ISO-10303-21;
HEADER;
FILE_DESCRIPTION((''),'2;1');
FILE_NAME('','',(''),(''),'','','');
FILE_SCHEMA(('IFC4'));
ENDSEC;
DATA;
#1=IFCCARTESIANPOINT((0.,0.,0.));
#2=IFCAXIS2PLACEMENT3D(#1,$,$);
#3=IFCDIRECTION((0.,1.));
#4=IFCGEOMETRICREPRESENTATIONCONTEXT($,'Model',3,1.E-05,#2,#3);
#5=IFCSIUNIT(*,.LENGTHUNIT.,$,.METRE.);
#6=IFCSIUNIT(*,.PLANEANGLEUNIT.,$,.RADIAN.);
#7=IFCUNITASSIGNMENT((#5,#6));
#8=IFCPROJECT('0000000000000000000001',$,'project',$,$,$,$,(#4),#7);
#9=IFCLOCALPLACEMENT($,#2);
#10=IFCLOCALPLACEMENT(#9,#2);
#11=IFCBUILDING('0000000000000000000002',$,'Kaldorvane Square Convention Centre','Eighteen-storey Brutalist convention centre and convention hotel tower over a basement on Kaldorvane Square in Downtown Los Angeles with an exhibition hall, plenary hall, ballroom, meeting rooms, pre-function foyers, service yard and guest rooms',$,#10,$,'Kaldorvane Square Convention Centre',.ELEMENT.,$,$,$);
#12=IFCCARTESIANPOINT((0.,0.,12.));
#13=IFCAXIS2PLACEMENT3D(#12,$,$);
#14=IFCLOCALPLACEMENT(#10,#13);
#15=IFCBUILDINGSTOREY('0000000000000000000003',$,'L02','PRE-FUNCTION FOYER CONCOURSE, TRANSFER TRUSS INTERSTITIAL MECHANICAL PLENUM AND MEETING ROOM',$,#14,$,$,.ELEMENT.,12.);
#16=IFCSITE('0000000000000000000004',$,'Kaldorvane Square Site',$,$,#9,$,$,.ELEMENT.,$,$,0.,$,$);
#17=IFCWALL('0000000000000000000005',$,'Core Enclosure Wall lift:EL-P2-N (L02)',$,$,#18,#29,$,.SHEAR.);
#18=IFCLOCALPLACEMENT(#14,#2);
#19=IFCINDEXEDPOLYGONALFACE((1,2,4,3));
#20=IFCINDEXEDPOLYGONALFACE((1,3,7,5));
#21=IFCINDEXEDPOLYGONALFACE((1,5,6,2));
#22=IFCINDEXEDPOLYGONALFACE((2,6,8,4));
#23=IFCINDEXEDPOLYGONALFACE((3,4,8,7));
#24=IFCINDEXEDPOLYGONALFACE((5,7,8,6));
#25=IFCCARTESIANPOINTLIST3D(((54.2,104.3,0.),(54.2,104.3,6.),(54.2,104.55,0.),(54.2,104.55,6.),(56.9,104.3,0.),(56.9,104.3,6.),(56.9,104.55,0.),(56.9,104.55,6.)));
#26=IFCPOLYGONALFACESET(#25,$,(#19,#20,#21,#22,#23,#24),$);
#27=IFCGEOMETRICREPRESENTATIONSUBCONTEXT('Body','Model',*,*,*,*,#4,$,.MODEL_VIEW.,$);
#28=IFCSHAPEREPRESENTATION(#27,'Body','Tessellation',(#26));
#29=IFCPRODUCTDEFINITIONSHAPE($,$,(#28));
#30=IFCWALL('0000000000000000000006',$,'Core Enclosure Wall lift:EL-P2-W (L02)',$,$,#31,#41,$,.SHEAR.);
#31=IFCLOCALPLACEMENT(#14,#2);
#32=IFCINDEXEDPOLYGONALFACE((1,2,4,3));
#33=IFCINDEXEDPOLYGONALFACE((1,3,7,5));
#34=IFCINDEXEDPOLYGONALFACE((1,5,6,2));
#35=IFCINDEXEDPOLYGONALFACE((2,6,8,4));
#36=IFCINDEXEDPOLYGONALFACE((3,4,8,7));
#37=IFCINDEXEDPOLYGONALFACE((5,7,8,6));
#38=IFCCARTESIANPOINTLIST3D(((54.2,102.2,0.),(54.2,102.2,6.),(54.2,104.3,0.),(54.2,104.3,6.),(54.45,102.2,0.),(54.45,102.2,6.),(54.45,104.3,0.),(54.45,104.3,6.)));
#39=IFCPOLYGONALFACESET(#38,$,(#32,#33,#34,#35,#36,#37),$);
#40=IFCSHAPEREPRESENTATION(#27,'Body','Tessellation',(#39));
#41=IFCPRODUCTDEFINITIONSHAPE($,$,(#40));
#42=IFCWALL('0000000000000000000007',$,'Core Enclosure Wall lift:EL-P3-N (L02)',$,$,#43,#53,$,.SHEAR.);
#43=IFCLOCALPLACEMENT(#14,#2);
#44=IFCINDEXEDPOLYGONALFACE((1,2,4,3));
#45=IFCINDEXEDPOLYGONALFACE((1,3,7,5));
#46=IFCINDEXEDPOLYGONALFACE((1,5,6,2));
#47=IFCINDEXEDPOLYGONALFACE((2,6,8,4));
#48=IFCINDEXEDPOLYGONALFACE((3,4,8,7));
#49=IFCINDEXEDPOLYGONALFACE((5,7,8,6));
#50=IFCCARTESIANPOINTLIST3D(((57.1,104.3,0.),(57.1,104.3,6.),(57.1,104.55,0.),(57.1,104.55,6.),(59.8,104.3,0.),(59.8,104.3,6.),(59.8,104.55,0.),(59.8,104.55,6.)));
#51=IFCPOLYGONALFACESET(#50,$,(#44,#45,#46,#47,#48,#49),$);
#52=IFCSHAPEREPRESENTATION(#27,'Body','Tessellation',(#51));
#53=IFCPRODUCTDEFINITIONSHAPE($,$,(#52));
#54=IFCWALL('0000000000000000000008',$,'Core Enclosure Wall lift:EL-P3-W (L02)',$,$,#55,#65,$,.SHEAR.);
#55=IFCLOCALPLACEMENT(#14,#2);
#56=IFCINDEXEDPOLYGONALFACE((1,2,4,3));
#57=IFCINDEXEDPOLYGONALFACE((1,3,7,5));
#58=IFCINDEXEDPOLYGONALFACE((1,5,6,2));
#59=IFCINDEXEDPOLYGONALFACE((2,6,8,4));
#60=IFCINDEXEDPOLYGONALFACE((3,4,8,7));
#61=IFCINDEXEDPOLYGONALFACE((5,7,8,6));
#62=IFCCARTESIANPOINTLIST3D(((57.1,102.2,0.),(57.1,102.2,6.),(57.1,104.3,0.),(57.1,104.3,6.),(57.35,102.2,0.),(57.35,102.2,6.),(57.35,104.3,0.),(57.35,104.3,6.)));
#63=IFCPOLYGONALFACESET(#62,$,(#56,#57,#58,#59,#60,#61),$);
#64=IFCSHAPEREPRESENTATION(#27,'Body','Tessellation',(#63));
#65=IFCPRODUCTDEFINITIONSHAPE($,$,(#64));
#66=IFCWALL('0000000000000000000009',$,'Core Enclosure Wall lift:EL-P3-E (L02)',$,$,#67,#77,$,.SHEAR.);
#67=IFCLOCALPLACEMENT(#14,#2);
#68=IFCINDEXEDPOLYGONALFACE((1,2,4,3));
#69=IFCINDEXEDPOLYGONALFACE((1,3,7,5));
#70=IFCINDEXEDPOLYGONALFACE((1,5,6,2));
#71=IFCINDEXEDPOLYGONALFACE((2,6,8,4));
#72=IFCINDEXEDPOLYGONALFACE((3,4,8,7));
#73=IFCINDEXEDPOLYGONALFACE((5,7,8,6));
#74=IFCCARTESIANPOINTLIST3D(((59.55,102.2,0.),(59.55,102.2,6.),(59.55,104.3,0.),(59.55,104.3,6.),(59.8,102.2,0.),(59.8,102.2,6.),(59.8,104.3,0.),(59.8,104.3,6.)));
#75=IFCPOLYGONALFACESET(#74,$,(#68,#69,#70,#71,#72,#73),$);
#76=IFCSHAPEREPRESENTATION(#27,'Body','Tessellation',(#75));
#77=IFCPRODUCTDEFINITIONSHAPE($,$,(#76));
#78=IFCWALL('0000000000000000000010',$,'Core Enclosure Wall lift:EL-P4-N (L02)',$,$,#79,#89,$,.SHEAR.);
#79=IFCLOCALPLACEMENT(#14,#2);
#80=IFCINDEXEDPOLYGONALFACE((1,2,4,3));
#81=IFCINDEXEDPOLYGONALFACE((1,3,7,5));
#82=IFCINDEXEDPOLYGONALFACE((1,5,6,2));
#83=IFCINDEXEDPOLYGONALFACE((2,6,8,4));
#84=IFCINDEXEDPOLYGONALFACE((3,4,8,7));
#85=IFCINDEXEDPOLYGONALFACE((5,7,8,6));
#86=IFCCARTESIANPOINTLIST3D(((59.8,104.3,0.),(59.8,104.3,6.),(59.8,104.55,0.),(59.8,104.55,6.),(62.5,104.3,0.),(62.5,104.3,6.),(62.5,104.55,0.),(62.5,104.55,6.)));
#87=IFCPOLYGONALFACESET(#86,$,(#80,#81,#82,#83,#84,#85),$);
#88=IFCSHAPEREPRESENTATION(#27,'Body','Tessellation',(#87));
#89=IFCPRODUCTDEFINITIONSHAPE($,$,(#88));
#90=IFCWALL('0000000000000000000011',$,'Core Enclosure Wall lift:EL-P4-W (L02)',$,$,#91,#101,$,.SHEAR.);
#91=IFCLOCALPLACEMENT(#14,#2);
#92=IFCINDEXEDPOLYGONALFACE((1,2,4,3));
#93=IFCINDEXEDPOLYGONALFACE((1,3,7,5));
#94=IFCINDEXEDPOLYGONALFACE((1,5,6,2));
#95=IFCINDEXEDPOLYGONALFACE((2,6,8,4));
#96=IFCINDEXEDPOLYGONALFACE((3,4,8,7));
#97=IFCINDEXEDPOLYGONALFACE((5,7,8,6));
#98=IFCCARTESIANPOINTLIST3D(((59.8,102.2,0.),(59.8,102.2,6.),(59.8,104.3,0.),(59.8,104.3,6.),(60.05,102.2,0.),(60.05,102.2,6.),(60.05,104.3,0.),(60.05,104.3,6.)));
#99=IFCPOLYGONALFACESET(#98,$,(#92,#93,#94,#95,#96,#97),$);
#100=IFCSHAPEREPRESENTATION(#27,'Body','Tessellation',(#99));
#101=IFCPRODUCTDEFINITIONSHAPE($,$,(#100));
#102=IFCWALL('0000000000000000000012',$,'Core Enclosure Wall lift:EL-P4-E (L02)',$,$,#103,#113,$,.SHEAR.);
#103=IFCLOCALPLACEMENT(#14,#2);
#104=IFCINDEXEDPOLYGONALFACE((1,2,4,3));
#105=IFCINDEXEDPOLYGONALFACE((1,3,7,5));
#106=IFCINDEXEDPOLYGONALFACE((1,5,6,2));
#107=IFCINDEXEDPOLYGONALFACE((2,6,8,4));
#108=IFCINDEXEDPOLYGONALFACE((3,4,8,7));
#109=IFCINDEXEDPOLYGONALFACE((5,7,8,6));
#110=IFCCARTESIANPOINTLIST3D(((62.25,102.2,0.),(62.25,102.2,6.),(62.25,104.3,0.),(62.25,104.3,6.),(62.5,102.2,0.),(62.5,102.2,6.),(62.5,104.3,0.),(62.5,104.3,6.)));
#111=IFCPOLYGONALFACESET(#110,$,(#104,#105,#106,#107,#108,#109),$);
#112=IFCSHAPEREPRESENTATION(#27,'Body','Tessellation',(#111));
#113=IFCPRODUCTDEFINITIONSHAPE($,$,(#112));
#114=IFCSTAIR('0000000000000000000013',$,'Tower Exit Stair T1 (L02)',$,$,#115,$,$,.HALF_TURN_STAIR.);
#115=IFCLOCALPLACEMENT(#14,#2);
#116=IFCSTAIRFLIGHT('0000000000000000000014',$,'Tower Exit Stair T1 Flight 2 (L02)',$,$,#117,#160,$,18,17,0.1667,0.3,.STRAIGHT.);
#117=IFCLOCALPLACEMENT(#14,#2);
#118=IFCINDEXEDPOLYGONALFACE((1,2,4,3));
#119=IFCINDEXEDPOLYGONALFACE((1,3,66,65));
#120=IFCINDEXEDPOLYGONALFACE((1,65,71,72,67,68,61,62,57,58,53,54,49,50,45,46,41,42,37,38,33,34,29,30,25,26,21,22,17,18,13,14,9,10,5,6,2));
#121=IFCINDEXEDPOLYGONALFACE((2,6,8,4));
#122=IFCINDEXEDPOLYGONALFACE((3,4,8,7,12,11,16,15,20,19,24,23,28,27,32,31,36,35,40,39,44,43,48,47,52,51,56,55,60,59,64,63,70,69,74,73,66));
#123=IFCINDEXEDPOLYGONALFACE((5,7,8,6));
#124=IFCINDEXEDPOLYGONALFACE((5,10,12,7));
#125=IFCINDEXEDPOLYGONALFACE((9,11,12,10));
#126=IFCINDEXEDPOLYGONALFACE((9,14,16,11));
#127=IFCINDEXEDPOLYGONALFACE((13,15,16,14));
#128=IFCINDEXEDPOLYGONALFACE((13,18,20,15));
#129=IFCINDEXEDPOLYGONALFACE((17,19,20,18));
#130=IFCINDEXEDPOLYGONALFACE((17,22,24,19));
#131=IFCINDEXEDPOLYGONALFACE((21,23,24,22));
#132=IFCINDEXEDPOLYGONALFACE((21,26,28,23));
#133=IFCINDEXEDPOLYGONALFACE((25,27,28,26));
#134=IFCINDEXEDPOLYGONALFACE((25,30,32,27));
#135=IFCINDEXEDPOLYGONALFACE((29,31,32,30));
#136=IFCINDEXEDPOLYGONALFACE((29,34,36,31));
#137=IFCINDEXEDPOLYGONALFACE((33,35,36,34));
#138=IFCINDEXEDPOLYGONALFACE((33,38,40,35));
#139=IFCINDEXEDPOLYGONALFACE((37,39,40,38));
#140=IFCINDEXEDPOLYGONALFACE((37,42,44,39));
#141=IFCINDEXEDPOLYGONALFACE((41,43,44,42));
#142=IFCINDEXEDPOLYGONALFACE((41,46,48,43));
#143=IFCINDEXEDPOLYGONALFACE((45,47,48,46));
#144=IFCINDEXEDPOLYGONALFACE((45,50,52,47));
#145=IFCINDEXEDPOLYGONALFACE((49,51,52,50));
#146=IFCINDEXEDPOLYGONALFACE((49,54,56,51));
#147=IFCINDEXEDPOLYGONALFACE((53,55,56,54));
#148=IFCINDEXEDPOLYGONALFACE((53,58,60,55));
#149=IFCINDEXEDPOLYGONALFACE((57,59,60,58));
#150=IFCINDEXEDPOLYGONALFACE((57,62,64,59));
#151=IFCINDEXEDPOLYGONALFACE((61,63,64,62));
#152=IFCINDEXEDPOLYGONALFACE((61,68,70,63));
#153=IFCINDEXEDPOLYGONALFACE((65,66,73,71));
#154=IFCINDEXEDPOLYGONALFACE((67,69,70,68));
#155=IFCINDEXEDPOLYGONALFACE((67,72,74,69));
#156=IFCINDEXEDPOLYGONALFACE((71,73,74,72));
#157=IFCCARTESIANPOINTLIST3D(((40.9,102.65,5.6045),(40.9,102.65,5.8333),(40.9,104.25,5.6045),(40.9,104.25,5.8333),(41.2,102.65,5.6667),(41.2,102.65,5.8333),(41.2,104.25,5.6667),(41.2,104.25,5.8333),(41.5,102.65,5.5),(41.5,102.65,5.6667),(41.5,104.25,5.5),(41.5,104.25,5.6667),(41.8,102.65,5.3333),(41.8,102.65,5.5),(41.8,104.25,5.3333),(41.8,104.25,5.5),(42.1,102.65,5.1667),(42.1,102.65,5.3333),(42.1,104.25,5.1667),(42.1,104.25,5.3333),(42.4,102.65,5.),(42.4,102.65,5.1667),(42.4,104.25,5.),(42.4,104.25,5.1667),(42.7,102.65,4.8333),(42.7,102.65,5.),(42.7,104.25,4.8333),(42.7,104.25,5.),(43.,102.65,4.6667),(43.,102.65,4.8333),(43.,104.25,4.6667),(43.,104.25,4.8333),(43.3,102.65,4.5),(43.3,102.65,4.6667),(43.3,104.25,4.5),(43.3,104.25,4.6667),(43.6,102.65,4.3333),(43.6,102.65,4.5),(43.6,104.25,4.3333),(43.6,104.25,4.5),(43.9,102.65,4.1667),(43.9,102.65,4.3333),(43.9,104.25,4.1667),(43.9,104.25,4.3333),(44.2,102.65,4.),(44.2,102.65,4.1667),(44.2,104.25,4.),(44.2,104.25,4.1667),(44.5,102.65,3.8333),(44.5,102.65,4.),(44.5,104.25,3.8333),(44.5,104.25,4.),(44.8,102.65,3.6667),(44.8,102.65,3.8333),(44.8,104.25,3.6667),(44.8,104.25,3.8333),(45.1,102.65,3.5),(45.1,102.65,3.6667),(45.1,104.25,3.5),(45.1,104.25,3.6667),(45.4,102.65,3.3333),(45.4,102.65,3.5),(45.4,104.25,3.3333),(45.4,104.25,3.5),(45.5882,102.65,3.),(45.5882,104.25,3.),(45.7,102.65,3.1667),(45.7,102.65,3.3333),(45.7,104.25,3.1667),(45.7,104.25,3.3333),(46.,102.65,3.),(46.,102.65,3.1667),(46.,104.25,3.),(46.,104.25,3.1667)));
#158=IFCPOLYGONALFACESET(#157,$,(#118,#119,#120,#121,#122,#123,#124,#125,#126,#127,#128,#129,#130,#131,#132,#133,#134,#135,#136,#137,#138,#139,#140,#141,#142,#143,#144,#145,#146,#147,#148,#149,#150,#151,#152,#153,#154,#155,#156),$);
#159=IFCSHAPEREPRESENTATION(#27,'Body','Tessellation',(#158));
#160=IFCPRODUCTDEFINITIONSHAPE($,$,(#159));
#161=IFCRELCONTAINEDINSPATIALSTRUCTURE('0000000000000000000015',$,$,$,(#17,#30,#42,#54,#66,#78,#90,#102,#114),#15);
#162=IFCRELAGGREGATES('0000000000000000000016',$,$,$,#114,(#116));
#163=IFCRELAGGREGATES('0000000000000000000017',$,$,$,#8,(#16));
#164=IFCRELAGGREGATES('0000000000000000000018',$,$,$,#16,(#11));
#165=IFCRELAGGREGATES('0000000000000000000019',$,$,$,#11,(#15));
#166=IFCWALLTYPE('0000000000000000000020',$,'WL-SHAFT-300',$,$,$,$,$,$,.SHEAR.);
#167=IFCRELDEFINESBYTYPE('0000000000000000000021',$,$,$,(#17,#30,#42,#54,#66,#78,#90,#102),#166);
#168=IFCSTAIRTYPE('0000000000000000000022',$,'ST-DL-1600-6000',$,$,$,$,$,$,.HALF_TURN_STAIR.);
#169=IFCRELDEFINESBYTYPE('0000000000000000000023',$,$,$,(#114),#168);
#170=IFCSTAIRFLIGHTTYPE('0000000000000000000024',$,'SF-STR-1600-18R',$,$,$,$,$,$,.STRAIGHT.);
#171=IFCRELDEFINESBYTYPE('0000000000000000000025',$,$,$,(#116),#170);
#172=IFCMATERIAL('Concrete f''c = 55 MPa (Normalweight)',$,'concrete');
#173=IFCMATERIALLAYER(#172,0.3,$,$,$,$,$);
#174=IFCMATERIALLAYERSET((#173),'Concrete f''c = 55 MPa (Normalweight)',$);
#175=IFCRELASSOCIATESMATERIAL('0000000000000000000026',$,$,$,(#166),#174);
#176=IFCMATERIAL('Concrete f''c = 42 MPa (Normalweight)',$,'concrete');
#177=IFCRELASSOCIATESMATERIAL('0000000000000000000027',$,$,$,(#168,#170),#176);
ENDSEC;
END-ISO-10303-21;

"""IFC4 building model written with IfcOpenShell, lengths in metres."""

from ifc_helpers import new_model, si_unit, direction, frame, frame_2d, origin, place, context, subcontext, project, spatial, polyline, rectangle, outline, extrude, material, layer, layer_set, type_object, element, aggregate, save


model = new_model("IFC4")

# Units and contexts
model_context = context("Model", 3, precision=1e-05, world=origin(), true_north=direction((0.0, 1.0)))
body_context = subcontext(model_context, "Body", "Model", "MODEL_VIEW")
ifc_project = project(units=[si_unit("LENGTHUNIT", "METRE"), si_unit("PLANEANGLEUNIT", "RADIAN")], contexts=[model_context])

# Site, building, storey
site_placement = place(None, origin())
site = spatial("IfcSite", under=ifc_project, at=site_placement, Name="Kaldorvane Square Site", CompositionType="ELEMENT", RefElevation=0.0)
building_placement = place(site_placement, origin())
building = spatial("IfcBuilding", under=site, at=building_placement, Name="Kaldorvane Square Convention Centre", Description="Eighteen-storey Brutalist convention centre and convention hotel tower over a basement on Kaldorvane Square in Downtown Los Angeles with an exhibition hall, plenary hall, ballroom, meeting rooms, pre-function foyers, service yard and guest rooms", LongName="Kaldorvane Square Convention Centre", CompositionType="ELEMENT")
storey_placement = place(building_placement, frame((0.0, 0.0, 12.0)))
storey = spatial("IfcBuildingStorey", under=building, at=storey_placement, Name="L02", Description="PRE-FUNCTION FOYER CONCOURSE, TRANSFER TRUSS INTERSTITIAL MECHANICAL PLENUM AND MEETING ROOM", CompositionType="ELEMENT", Elevation=12.0)

# Shared definitions
ifc_material_1 = material(Name="Concrete f'c = 55 MPa (Normalweight)", Category="concrete")

# Shared definitions
ifc_material_2 = material(Name="Concrete f'c = 42 MPa (Normalweight)", Category="concrete")

# Walls
ifc_layer_1 = layer(ifc_material_1, 0.3)
ifc_layer_set_1 = layer_set([ifc_layer_1], Name="Concrete f'c = 55 MPa (Normalweight)")
wall_type_1 = type_object("IfcWallType", Name="WL-SHAFT-300", PredefinedType="SHEAR", material=ifc_layer_set_1)
wall_1_placement = place(storey_placement, frame((56.9, 104.425, 0.0), z_axis=(0.0, 0.0, 1.0), x_axis=(-1.0, 0.0, 0.0)))
element("IfcWall", 1, at=wall_1_placement, inside=storey, type_object=wall_type_1, Name="Core Enclosure Wall lift:EL-P2-N (L02)", PredefinedType="SHEAR", context=body_context, shape_type="SweptSolid", body=[
    extrude(rectangle(XDim=2.7, YDim=0.25, at=frame_2d((1.35, 0.0))), origin(), (0.0, 0.0, 1.0), 6.0),
])
wall_2_placement = place(storey_placement, frame((54.325, 104.3, 0.0), z_axis=(0.0, 0.0, 1.0), x_axis=(0.0, -1.0, 0.0)))
element("IfcWall", 2, at=wall_2_placement, inside=storey, type_object=wall_type_1, Name="Core Enclosure Wall lift:EL-P2-W (L02)", PredefinedType="SHEAR", context=body_context, shape_type="SweptSolid", body=[
    extrude(rectangle(XDim=2.1, YDim=0.25, at=frame_2d((1.05, 0.0))), origin(), (0.0, 0.0, 1.0), 6.0),
])
wall_3_placement = place(storey_placement, frame((59.8, 104.425, 0.0), z_axis=(0.0, 0.0, 1.0), x_axis=(-1.0, 0.0, 0.0)))
element("IfcWall", 3, at=wall_3_placement, inside=storey, type_object=wall_type_1, Name="Core Enclosure Wall lift:EL-P3-N (L02)", PredefinedType="SHEAR", context=body_context, shape_type="SweptSolid", body=[
    extrude(rectangle(XDim=2.7, YDim=0.25, at=frame_2d((1.35, 0.0))), origin(), (0.0, 0.0, 1.0), 6.0),
])
for number, where, z_axis, x_axis, name in (
    (4, (57.225, 104.3, 0.0), (0.0, 0.0, 1.0), (0.0, -1.0, 0.0), "Core Enclosure Wall lift:EL-P3-W (L02)"),
    (5, (59.675, 102.2, 0.0), (0.0, 0.0, 1.0), (0.0, 1.0, 0.0), "Core Enclosure Wall lift:EL-P3-E (L02)"),
):
    element("IfcWall", number, at=place(storey_placement, frame(where, z_axis=z_axis, x_axis=x_axis)), inside=storey, type_object=wall_type_1, Name=name, PredefinedType="SHEAR", context=body_context, shape_type="SweptSolid", body=[
        extrude(rectangle(XDim=2.1, YDim=0.25, at=frame_2d((1.05, 0.0))), origin(), (0.0, 0.0, 1.0), 6.0),
    ])
wall_4_placement = place(storey_placement, frame((62.5, 104.425, 0.0), z_axis=(0.0, 0.0, 1.0), x_axis=(-1.0, 0.0, 0.0)))
element("IfcWall", 6, at=wall_4_placement, inside=storey, type_object=wall_type_1, Name="Core Enclosure Wall lift:EL-P4-N (L02)", PredefinedType="SHEAR", context=body_context, shape_type="SweptSolid", body=[
    extrude(rectangle(XDim=2.7, YDim=0.25, at=frame_2d((1.35, 0.0))), origin(), (0.0, 0.0, 1.0), 6.0),
])
for number, where, z_axis, x_axis, name in (
    (7, (59.925, 104.3, 0.0), (0.0, 0.0, 1.0), (0.0, -1.0, 0.0), "Core Enclosure Wall lift:EL-P4-W (L02)"),
    (8, (62.375, 102.2, 0.0), (0.0, 0.0, 1.0), (0.0, 1.0, 0.0), "Core Enclosure Wall lift:EL-P4-E (L02)"),
):
    element("IfcWall", number, at=place(storey_placement, frame(where, z_axis=z_axis, x_axis=x_axis)), inside=storey, type_object=wall_type_1, Name=name, PredefinedType="SHEAR", context=body_context, shape_type="SweptSolid", body=[
        extrude(rectangle(XDim=2.1, YDim=0.25, at=frame_2d((1.05, 0.0))), origin(), (0.0, 0.0, 1.0), 6.0),
    ])

# Stair, stair flight
stair_type = type_object("IfcStairType", Name="ST-DL-1600-6000", PredefinedType="HALF_TURN_STAIR", material=ifc_material_2)
stair_placement = place(storey_placement, origin())
stair = element("IfcStair", 9, at=stair_placement, inside=storey, type_object=stair_type, Name="Tower Exit Stair T1 (L02)", PredefinedType="HALF_TURN_STAIR")
stair_flight_type = type_object("IfcStairFlightType", Name="SF-STR-1600-18R", PredefinedType="STRAIGHT", material=ifc_material_2)
stair_flight_placement = place(storey_placement, frame((46.0, 103.45, 3.0), z_axis=(0.0, 0.0, 1.0), x_axis=(-1.0, 0.0, 0.0)))
stair_flight = element("IfcStairFlight", 10, at=stair_flight_placement, type_object=stair_flight_type, Name="Tower Exit Stair T1 Flight 2 (L02)", NumberOfRisers=18, NumberOfTreads=17, PredefinedType="STRAIGHT", RiserHeight=0.1667, TreadLength=0.3, context=body_context, shape_type="SweptSolid", body=[
    extrude(outline(polyline([(0.0, 0.0), (0.0, 0.1667), (0.3, 0.1667), (0.3, 0.3333), (0.6, 0.3333), (0.6, 0.5), (0.9, 0.5), (0.9, 0.6667), (1.2, 0.6667), (1.2, 0.8333), (1.5, 0.8333), (1.5, 1.0), (1.8, 1.0), (1.8, 1.1667), (2.1, 1.1667), (2.1, 1.3333), (2.4, 1.3333), (2.4, 1.5), (2.7, 1.5), (2.7, 1.6667), (3.0, 1.6667), (3.0, 1.8333), (3.3, 1.8333), (3.3, 2.0), (3.6, 2.0), (3.6, 2.1667), (3.9, 2.1667), (3.9, 2.3333), (4.2, 2.3333), (4.2, 2.5), (4.5, 2.5), (4.5, 2.6667), (4.8, 2.6667), (4.8, 2.8333), (5.1, 2.8333), (5.1, 3.0), (5.1, 2.6045), (0.4118, 0.0), (0.0, 0.0)])), frame((0.0, 0.8, 0.0), z_axis=(0.0, -1.0, 0.0), x_axis=(1.0, 0.0, 0.0)), (0.0, 0.0, 1.0), 1.6),
])
aggregate(stair, [stair_flight])

save(model, "model.ifc")
